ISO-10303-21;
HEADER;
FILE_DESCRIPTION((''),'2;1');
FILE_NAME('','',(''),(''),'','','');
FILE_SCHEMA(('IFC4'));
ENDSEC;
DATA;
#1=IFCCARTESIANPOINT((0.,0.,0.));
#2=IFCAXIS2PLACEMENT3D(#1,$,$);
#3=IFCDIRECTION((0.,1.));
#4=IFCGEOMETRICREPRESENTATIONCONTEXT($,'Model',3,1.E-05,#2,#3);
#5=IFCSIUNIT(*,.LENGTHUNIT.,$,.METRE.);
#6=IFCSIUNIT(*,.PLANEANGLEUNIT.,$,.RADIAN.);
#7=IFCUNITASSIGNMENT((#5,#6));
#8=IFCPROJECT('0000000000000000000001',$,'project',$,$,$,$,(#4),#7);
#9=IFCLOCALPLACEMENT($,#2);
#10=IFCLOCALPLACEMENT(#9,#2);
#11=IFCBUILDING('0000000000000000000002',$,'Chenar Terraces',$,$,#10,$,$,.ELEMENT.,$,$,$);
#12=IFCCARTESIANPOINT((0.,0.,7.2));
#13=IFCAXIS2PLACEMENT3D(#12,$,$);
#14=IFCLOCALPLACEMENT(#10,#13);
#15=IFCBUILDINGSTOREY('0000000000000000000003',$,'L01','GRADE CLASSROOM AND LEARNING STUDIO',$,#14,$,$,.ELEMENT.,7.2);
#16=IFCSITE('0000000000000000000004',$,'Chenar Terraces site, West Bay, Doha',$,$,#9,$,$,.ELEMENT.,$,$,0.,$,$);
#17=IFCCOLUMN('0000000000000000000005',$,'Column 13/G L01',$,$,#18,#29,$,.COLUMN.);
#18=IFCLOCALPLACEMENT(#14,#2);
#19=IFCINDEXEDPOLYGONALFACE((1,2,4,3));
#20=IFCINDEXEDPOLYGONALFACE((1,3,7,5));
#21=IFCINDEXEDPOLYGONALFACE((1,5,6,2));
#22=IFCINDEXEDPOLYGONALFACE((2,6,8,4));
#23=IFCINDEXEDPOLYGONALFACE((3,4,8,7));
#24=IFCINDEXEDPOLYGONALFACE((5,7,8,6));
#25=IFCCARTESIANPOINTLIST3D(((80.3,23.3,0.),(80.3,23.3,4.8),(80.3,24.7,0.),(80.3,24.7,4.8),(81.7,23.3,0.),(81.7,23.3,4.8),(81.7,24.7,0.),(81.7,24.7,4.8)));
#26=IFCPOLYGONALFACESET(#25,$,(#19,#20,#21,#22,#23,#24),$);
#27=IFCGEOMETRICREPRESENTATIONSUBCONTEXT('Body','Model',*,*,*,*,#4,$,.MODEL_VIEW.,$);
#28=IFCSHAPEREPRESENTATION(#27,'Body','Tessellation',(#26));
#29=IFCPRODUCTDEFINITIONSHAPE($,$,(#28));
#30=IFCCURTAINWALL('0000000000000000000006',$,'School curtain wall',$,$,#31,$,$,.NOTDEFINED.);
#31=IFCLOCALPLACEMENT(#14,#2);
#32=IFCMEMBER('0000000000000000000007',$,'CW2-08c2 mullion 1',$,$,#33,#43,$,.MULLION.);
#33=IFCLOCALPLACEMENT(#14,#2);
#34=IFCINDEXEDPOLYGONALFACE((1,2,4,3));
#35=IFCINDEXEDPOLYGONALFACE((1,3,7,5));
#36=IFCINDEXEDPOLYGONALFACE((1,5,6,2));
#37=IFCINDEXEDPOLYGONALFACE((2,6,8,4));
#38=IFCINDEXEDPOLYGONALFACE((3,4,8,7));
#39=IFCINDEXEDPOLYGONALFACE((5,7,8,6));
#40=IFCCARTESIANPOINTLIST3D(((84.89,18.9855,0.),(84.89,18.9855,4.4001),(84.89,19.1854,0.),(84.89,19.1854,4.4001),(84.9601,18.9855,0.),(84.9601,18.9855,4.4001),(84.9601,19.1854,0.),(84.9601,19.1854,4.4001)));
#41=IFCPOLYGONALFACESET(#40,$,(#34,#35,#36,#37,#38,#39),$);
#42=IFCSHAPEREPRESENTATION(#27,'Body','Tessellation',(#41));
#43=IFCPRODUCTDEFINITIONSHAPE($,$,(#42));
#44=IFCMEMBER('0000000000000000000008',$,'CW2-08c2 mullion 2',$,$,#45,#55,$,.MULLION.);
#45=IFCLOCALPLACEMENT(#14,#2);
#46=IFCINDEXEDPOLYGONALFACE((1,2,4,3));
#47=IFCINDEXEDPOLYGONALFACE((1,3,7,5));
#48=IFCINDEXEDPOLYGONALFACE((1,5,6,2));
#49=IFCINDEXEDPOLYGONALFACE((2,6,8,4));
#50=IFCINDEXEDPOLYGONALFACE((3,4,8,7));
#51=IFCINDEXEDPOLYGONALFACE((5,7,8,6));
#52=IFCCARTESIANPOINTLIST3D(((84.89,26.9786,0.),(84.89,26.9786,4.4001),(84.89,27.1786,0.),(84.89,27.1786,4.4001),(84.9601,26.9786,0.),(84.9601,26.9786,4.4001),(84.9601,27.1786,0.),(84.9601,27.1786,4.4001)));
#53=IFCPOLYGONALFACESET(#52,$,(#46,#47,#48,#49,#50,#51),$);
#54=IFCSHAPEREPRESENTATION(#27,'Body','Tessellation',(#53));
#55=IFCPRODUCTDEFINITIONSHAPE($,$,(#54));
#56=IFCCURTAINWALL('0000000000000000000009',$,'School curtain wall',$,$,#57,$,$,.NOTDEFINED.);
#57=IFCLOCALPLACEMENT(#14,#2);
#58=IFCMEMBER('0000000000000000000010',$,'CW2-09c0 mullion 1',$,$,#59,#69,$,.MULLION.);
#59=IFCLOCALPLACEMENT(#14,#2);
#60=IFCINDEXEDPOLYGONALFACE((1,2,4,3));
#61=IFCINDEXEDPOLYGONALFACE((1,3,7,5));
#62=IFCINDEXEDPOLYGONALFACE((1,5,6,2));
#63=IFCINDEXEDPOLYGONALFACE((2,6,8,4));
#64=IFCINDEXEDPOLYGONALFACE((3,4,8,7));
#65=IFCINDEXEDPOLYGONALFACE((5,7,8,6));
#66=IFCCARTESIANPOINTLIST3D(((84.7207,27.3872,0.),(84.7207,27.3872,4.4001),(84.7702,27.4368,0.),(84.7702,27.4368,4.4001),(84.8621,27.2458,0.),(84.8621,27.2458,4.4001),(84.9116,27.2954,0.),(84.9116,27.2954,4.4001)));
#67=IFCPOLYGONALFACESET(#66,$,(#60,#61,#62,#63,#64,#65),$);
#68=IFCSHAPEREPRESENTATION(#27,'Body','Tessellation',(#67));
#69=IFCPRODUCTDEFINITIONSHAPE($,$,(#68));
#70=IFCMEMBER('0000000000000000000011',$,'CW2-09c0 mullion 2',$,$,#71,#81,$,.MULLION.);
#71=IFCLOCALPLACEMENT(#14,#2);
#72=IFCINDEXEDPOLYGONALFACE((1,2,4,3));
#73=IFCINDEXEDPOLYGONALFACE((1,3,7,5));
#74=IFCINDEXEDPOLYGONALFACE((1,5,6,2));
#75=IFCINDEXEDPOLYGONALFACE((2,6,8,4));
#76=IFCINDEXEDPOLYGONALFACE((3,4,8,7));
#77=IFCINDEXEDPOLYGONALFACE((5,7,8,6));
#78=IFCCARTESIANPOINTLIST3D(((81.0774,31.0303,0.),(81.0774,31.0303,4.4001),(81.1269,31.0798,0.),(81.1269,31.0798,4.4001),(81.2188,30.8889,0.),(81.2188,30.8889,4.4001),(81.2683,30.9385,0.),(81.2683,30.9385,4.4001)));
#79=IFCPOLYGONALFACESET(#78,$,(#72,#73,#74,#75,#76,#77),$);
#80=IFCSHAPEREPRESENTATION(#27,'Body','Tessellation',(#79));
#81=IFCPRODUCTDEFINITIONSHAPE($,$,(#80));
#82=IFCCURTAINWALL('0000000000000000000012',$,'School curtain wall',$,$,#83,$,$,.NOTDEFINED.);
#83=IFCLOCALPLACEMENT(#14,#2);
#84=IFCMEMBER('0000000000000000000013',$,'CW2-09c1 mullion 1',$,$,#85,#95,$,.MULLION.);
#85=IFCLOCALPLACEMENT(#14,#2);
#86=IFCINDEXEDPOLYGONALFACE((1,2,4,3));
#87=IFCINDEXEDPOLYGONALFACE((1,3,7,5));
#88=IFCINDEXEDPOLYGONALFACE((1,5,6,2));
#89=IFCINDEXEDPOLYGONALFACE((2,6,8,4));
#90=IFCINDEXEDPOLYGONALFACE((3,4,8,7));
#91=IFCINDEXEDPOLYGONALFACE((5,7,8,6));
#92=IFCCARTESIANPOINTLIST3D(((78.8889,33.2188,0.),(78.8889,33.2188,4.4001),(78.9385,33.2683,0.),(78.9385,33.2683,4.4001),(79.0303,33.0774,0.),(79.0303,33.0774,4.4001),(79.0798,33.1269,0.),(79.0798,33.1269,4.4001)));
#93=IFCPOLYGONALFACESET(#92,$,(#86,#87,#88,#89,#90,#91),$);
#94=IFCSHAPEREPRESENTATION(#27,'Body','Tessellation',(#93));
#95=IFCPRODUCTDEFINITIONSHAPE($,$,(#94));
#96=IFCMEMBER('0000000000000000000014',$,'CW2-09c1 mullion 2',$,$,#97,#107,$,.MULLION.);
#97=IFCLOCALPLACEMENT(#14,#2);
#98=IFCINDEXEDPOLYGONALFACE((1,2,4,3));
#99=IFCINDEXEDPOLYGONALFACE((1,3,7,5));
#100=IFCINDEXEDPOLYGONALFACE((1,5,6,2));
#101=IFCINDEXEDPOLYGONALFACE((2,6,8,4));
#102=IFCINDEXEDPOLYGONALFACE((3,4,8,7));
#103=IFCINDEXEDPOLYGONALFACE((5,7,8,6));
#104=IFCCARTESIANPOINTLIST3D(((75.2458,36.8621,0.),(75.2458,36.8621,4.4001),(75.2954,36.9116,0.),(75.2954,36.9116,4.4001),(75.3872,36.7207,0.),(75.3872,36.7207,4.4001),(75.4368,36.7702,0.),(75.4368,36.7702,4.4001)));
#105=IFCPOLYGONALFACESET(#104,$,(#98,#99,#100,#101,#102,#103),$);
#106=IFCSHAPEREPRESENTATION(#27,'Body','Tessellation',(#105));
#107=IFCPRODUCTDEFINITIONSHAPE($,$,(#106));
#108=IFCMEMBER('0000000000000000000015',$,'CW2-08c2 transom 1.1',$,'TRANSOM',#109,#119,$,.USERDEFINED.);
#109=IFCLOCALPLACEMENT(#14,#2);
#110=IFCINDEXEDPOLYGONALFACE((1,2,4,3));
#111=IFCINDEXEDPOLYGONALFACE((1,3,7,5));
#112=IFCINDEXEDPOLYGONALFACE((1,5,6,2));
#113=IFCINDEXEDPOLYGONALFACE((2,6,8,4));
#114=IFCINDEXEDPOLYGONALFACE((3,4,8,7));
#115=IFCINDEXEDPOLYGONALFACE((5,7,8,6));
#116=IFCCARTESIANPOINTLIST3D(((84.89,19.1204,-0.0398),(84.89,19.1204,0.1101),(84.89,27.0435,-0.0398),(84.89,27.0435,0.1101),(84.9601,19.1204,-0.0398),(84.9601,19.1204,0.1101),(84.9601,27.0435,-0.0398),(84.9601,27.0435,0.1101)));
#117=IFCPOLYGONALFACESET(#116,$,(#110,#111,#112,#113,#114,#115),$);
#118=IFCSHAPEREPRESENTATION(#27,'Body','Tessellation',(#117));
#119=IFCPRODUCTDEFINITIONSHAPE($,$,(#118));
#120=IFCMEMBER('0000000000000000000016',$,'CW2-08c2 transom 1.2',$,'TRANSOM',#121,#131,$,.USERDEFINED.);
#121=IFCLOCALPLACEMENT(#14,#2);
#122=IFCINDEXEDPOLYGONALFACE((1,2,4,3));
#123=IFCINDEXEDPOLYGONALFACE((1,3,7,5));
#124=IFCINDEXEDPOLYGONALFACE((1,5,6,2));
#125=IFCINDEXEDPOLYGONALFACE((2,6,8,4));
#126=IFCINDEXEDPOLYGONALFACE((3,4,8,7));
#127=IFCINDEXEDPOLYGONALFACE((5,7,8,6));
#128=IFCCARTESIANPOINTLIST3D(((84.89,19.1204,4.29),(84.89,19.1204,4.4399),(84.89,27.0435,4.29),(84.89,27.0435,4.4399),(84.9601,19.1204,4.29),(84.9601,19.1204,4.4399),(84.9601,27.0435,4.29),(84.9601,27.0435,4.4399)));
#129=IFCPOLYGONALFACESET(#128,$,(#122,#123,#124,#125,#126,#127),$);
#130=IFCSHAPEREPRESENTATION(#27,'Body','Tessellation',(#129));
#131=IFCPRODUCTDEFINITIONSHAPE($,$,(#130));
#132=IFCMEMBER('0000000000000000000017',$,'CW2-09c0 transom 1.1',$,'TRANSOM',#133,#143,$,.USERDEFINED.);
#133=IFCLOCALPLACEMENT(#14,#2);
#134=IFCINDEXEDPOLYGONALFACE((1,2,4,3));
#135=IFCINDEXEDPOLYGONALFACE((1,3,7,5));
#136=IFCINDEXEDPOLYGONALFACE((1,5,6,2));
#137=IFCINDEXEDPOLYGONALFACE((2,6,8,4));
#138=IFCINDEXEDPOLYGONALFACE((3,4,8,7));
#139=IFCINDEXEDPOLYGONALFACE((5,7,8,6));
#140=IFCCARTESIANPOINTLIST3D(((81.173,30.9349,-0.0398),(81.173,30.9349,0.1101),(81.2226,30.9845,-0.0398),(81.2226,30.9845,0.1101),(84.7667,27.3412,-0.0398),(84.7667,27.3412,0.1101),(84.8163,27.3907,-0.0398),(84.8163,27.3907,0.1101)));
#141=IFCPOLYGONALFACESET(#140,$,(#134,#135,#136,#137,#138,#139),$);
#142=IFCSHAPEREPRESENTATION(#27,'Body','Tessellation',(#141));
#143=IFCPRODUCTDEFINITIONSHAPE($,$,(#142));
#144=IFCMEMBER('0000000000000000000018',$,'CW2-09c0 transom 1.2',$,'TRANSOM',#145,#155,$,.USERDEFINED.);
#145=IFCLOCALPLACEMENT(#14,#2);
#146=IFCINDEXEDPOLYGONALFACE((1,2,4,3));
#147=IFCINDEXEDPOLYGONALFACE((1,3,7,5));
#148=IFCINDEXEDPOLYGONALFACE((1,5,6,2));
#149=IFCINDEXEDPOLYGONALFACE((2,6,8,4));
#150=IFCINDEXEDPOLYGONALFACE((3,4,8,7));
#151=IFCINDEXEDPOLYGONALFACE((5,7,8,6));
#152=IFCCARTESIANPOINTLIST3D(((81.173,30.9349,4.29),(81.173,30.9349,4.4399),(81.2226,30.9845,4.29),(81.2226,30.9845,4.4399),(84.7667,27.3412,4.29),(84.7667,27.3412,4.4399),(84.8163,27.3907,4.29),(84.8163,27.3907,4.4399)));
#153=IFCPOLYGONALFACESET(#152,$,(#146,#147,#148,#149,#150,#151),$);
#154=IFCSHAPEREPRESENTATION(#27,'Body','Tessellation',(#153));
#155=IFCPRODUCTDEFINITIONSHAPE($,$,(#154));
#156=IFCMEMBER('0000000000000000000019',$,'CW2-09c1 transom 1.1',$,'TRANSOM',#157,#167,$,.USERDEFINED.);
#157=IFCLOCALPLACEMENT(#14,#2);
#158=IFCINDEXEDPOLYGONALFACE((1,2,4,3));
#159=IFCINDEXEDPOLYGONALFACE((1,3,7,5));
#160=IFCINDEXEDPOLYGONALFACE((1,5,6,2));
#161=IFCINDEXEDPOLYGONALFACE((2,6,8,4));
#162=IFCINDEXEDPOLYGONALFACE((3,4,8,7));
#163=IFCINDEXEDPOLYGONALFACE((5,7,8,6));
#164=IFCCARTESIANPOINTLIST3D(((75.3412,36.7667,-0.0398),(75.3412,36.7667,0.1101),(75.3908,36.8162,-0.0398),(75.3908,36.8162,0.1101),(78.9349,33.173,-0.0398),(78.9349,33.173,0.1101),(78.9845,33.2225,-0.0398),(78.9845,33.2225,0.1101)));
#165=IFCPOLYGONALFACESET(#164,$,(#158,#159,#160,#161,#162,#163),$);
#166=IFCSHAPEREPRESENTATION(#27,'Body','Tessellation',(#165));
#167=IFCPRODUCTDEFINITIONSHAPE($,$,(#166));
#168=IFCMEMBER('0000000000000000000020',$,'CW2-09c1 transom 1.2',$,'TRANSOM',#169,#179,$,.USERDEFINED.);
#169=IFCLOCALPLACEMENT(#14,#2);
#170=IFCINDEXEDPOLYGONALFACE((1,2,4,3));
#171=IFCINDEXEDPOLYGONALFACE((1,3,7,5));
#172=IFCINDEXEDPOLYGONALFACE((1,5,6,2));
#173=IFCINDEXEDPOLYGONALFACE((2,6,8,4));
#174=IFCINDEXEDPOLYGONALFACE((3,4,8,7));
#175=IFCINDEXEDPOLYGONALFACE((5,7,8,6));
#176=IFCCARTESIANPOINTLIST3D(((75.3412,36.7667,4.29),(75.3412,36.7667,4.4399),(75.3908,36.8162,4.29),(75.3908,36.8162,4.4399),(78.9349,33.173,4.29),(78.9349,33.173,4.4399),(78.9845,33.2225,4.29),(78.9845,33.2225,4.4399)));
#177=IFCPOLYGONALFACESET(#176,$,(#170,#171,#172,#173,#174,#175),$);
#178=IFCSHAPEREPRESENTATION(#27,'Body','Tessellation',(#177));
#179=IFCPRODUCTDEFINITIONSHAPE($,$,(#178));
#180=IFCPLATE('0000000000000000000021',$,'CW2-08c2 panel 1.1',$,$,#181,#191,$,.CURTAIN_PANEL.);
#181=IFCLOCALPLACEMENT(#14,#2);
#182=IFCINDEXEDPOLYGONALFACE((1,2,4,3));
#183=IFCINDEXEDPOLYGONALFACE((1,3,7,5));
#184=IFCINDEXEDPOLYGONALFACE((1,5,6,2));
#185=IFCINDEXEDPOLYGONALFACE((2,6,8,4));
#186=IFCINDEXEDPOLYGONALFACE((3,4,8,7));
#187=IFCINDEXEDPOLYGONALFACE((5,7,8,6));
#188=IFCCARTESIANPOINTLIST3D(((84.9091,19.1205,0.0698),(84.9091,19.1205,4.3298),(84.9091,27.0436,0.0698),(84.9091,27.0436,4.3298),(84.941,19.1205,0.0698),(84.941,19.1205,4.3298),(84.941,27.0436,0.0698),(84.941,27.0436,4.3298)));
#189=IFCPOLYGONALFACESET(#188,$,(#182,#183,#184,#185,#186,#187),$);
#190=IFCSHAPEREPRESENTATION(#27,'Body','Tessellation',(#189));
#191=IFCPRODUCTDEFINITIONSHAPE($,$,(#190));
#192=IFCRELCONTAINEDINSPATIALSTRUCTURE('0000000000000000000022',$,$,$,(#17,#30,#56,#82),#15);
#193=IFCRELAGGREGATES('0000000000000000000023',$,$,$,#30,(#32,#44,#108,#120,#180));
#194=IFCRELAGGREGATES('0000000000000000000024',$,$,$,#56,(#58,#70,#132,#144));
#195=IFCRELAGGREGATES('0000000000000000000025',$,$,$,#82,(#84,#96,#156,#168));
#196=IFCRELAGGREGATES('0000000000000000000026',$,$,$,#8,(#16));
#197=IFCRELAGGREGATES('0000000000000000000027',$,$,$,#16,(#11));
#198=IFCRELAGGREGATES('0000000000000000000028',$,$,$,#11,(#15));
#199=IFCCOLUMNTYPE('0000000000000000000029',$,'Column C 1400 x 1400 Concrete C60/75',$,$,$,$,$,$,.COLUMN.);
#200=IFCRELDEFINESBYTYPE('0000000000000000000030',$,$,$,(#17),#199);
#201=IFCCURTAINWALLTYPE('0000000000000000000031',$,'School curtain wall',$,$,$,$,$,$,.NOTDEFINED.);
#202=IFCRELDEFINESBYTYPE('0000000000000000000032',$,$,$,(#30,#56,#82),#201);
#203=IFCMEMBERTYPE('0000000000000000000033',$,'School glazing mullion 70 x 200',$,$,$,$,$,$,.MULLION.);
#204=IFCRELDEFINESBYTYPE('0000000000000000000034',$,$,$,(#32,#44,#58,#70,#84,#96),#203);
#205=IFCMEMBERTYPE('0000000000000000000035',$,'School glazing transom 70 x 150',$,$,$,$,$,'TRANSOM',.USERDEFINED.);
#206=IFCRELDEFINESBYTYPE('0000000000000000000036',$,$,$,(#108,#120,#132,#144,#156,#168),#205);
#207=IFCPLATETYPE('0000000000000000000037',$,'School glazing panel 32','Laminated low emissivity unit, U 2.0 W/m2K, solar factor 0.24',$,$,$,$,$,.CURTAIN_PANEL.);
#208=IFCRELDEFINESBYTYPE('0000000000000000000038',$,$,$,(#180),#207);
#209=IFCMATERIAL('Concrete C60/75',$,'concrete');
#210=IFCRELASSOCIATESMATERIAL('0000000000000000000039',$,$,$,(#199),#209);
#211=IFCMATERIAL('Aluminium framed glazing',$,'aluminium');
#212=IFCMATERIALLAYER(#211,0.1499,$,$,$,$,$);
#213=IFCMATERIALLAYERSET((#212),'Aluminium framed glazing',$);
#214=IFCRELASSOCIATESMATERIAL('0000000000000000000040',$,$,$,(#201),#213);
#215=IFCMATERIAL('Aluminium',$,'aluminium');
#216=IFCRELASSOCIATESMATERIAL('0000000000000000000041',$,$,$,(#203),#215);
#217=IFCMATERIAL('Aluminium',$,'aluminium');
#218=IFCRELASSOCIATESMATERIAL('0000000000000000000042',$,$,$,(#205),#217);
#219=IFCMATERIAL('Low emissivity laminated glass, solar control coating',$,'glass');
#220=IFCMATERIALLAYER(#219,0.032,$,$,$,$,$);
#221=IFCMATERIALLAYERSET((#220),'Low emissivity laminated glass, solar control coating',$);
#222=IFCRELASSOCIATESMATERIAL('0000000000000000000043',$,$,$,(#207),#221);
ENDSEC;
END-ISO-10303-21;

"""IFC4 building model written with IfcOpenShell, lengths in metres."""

from ifc_helpers import new_model, si_unit, direction, frame, origin, origin_2d, place, context, subcontext, project, spatial, rectangle, extrude, material, layer, layer_set, material_profile, profile_set, type_object, element, aggregate, save


model = new_model("IFC4")

# Units and contexts
model_context = context("Model", 3, precision=1e-05, world=origin(), true_north=direction((0.0, 1.0)))
body_context = subcontext(model_context, "Body", "Model", "MODEL_VIEW")
ifc_project = project(units=[si_unit("LENGTHUNIT", "METRE"), si_unit("PLANEANGLEUNIT", "RADIAN")], contexts=[model_context])

# Site, building, storey
site_placement = place(None, origin())
site = spatial("IfcSite", under=ifc_project, at=site_placement, Name="Chenar Terraces site, West Bay, Doha", CompositionType="ELEMENT", RefElevation=0.0)
building_placement = place(site_placement, origin())
building = spatial("IfcBuilding", under=site, at=building_placement, Name="Chenar Terraces", CompositionType="ELEMENT")
storey_placement = place(building_placement, frame((0.0, 0.0, 7.2)))
storey = spatial("IfcBuildingStorey", under=building, at=storey_placement, Name="L01", Description="GRADE CLASSROOM AND LEARNING STUDIO", CompositionType="ELEMENT", Elevation=7.2)

# Column
ifc_material_1 = material(Name="Concrete C60/75", Category="concrete")
ifc_material_profile_1 = material_profile(ifc_material_1, rectangle(XDim=1.3999, YDim=1.3999, at=origin_2d()), Name="C 1400 x 1400")
ifc_profile_set_1 = profile_set([ifc_material_profile_1], Name="Concrete C60/75")
column_type = type_object("IfcColumnType", Name="Column C 1400 x 1400 Concrete C60/75", PredefinedType="COLUMN", material=ifc_profile_set_1)
column_placement = place(storey_placement, frame((81.0, 24.0, 0.0), z_axis=(0.0, 0.0, 1.0), x_axis=(1.0, 0.0, 0.0)))
element("IfcColumn", 1, at=column_placement, inside=storey, type_object=column_type, Name="Column 13/G L01", PredefinedType="COLUMN", context=body_context, shape_type="SweptSolid", body=[
    extrude(rectangle(XDim=1.3999, YDim=1.3999, at=origin_2d()), origin(), (0.0, 0.0, 1.0), 4.8),
])

# Curtain walls, members
ifc_material_2 = material(Name="Aluminium framed glazing", Category="aluminium")
ifc_layer_1 = layer(ifc_material_2, 0.1499)
ifc_layer_set_1 = layer_set([ifc_layer_1], Name="Aluminium framed glazing")
curtain_wall_type = type_object("IfcCurtainWallType", Name="School curtain wall", PredefinedType="NOTDEFINED", material=ifc_layer_set_1)
placement = place(storey_placement, origin())
curtain_wall_1 = element("IfcCurtainWall", 2, at=placement, inside=storey, type_object=curtain_wall_type, Name="School curtain wall", PredefinedType="NOTDEFINED")
ifc_material_3 = material(Name="Aluminium", Category="aluminium")
ifc_material_profile_2 = material_profile(ifc_material_3, rectangle(XDim=0.0701, YDim=0.2, at=origin_2d()), Name="School glazing mullion 70 x 200")
ifc_profile_set_2 = profile_set([ifc_material_profile_2], Name="Aluminium")
member_type_1 = type_object("IfcMemberType", Name="School glazing mullion 70 x 200", PredefinedType="MULLION", material=ifc_profile_set_2)
member_1_placement = place(storey_placement, frame((84.925, 19.0854, 0.0), z_axis=(0.0, 0.0, 1.0), x_axis=(-1.0, 0.0, 0.0)))
member_1 = element("IfcMember", 3, at=member_1_placement, type_object=member_type_1, Name="CW2-08c2 mullion 1", PredefinedType="MULLION", context=body_context, shape_type="SweptSolid", body=[
    extrude(rectangle(XDim=0.0701, YDim=0.2, at=origin_2d()), origin(), (0.0, 0.0, 1.0), 4.4001),
])
member_2_placement = place(storey_placement, frame((84.925, 27.0786, 0.0), z_axis=(0.0, 0.0, 1.0), x_axis=(-1.0, 0.0, 0.0)))
member_2 = element("IfcMember", 4, at=member_2_placement, type_object=member_type_1, Name="CW2-08c2 mullion 2", PredefinedType="MULLION", context=body_context, shape_type="SweptSolid", body=[
    extrude(rectangle(XDim=0.0701, YDim=0.2, at=origin_2d()), origin(), (0.0, 0.0, 1.0), 4.4001),
])
curtain_wall_2 = element("IfcCurtainWall", 5, at=placement, inside=storey, type_object=curtain_wall_type, Name="School curtain wall", PredefinedType="NOTDEFINED")
member_3_placement = place(storey_placement, frame((84.8162, 27.3413, 0.0), z_axis=(0.0, 0.0, 1.0), x_axis=(-0.707107, -0.707107, 0.0)))
member_3 = element("IfcMember", 6, at=member_3_placement, type_object=member_type_1, Name="CW2-09c0 mullion 1", PredefinedType="MULLION", context=body_context, shape_type="SweptSolid", body=[
    extrude(rectangle(XDim=0.0701, YDim=0.2, at=origin_2d()), origin(), (0.0, 0.0, 1.0), 4.4001),
])
member_4_placement = place(storey_placement, frame((81.1729, 30.9844, 0.0), z_axis=(0.0, 0.0, 1.0), x_axis=(-0.707107, -0.707107, 0.0)))
member_4 = element("IfcMember", 7, at=member_4_placement, type_object=member_type_1, Name="CW2-09c0 mullion 2", PredefinedType="MULLION", context=body_context, shape_type="SweptSolid", body=[
    extrude(rectangle(XDim=0.0701, YDim=0.2, at=origin_2d()), origin(), (0.0, 0.0, 1.0), 4.4001),
])
curtain_wall_3 = element("IfcCurtainWall", 8, at=placement, inside=storey, type_object=curtain_wall_type, Name="School curtain wall", PredefinedType="NOTDEFINED")
member_5_placement = place(storey_placement, frame((78.9844, 33.1729, 0.0), z_axis=(0.0, 0.0, 1.0), x_axis=(-0.707107, -0.707107, 0.0)))
member_5 = element("IfcMember", 9, at=member_5_placement, type_object=member_type_1, Name="CW2-09c1 mullion 1", PredefinedType="MULLION", context=body_context, shape_type="SweptSolid", body=[
    extrude(rectangle(XDim=0.0701, YDim=0.2, at=origin_2d()), origin(), (0.0, 0.0, 1.0), 4.4001),
])
member_6_placement = place(storey_placement, frame((75.3413, 36.8162, 0.0), z_axis=(0.0, 0.0, 1.0), x_axis=(-0.707107, -0.707107, 0.0)))
member_6 = element("IfcMember", 10, at=member_6_placement, type_object=member_type_1, Name="CW2-09c1 mullion 2", PredefinedType="MULLION", context=body_context, shape_type="SweptSolid", body=[
    extrude(rectangle(XDim=0.0701, YDim=0.2, at=origin_2d()), origin(), (0.0, 0.0, 1.0), 4.4001),
])

# Members
ifc_material_4 = material(Name="Aluminium", Category="aluminium")
ifc_material_profile_3 = material_profile(ifc_material_4, rectangle(XDim=0.0701, YDim=0.1499, at=origin_2d()), Name="School glazing transom 70 x 150")
ifc_profile_set_3 = profile_set([ifc_material_profile_3], Name="Aluminium")
member_type_2 = type_object("IfcMemberType", Name="School glazing transom 70 x 150", ElementType="TRANSOM", PredefinedType="USERDEFINED", material=ifc_profile_set_3)
member_7_placement = place(storey_placement, frame((84.925, 19.1204, 0.0352), z_axis=(0.0, 1.0, 0.0), x_axis=(-1.0, 0.0, 0.0)))
member_7 = element("IfcMember", 11, at=member_7_placement, type_object=member_type_2, Name="CW2-08c2 transom 1.1", ObjectType="TRANSOM", PredefinedType="USERDEFINED", context=body_context, shape_type="SweptSolid", body=[
    extrude(rectangle(XDim=0.0701, YDim=0.1499, at=origin_2d()), origin(), (0.0, 0.0, 1.0), 7.9231),
])
member_8_placement = place(storey_placement, frame((84.925, 19.1204, 4.365), z_axis=(0.0, 1.0, 0.0), x_axis=(-1.0, 0.0, 0.0)))
member_8 = element("IfcMember", 12, at=member_8_placement, type_object=member_type_2, Name="CW2-08c2 transom 1.2", ObjectType="TRANSOM", PredefinedType="USERDEFINED", context=body_context, shape_type="SweptSolid", body=[
    extrude(rectangle(XDim=0.0701, YDim=0.1499, at=origin_2d()), origin(), (0.0, 0.0, 1.0), 7.9231),
])
member_9_placement = place(storey_placement, frame((84.7915, 27.366, 0.0352), z_axis=(-0.707107, 0.707107, 0.0), x_axis=(-0.707107, -0.707107, 0.0)))
member_9 = element("IfcMember", 13, at=member_9_placement, type_object=member_type_2, Name="CW2-09c0 transom 1.1", ObjectType="TRANSOM", PredefinedType="USERDEFINED", context=body_context, shape_type="SweptSolid", body=[
    extrude(rectangle(XDim=0.0701, YDim=0.1499, at=origin_2d()), origin(), (0.0, 0.0, 1.0), 5.0823),
])
member_10_placement = place(storey_placement, frame((84.7915, 27.366, 4.365), z_axis=(-0.707107, 0.707107, 0.0), x_axis=(-0.707107, -0.707107, 0.0)))
member_10 = element("IfcMember", 14, at=member_10_placement, type_object=member_type_2, Name="CW2-09c0 transom 1.2", ObjectType="TRANSOM", PredefinedType="USERDEFINED", context=body_context, shape_type="SweptSolid", body=[
    extrude(rectangle(XDim=0.0701, YDim=0.1499, at=origin_2d()), origin(), (0.0, 0.0, 1.0), 5.0823),
])
member_11_placement = place(storey_placement, frame((78.9597, 33.1978, 0.0352), z_axis=(-0.707107, 0.707107, 0.0), x_axis=(-0.707107, -0.707107, 0.0)))
member_11 = element("IfcMember", 15, at=member_11_placement, type_object=member_type_2, Name="CW2-09c1 transom 1.1", ObjectType="TRANSOM", PredefinedType="USERDEFINED", context=body_context, shape_type="SweptSolid", body=[
    extrude(rectangle(XDim=0.0701, YDim=0.1499, at=origin_2d()), origin(), (0.0, 0.0, 1.0), 5.0823),
])
member_12_placement = place(storey_placement, frame((78.9597, 33.1978, 4.365), z_axis=(-0.707107, 0.707107, 0.0), x_axis=(-0.707107, -0.707107, 0.0)))
member_12 = element("IfcMember", 16, at=member_12_placement, type_object=member_type_2, Name="CW2-09c1 transom 1.2", ObjectType="TRANSOM", PredefinedType="USERDEFINED", context=body_context, shape_type="SweptSolid", body=[
    extrude(rectangle(XDim=0.0701, YDim=0.1499, at=origin_2d()), origin(), (0.0, 0.0, 1.0), 5.0823),
])

# Plate
ifc_material_5 = material(Name="Low emissivity laminated glass, solar control coating", Category="glass")
ifc_layer_2 = layer(ifc_material_5, 0.032)
ifc_layer_set_2 = layer_set([ifc_layer_2], Name="Low emissivity laminated glass, solar control coating")
plate_type = type_object("IfcPlateType", Name="School glazing panel 32", Description="Laminated low emissivity unit, U 2.0 W/m2K, solar factor 0.24", PredefinedType="CURTAIN_PANEL", material=ifc_layer_set_2)
plate_1_placement = place(storey_placement, frame((84.925, 23.082, 0.0698), z_axis=(0.0, 0.0, 1.0), x_axis=(0.0, 1.0, 0.0)))
plate_1 = element("IfcPlate", 17, at=plate_1_placement, type_object=plate_type, Name="CW2-08c2 panel 1.1", PredefinedType="CURTAIN_PANEL", context=body_context, shape_type="SweptSolid", body=[
    extrude(rectangle(XDim=7.9231, YDim=0.032, at=origin_2d()), origin(), (0.0, 0.0, 1.0), 4.26),
])
aggregate(curtain_wall_1, [member_1, member_2, member_7, member_8, plate_1])
aggregate(curtain_wall_2, [member_3, member_4, member_9, member_10])
aggregate(curtain_wall_3, [member_5, member_6, member_11, member_12])

save(model, "model.ifc")
